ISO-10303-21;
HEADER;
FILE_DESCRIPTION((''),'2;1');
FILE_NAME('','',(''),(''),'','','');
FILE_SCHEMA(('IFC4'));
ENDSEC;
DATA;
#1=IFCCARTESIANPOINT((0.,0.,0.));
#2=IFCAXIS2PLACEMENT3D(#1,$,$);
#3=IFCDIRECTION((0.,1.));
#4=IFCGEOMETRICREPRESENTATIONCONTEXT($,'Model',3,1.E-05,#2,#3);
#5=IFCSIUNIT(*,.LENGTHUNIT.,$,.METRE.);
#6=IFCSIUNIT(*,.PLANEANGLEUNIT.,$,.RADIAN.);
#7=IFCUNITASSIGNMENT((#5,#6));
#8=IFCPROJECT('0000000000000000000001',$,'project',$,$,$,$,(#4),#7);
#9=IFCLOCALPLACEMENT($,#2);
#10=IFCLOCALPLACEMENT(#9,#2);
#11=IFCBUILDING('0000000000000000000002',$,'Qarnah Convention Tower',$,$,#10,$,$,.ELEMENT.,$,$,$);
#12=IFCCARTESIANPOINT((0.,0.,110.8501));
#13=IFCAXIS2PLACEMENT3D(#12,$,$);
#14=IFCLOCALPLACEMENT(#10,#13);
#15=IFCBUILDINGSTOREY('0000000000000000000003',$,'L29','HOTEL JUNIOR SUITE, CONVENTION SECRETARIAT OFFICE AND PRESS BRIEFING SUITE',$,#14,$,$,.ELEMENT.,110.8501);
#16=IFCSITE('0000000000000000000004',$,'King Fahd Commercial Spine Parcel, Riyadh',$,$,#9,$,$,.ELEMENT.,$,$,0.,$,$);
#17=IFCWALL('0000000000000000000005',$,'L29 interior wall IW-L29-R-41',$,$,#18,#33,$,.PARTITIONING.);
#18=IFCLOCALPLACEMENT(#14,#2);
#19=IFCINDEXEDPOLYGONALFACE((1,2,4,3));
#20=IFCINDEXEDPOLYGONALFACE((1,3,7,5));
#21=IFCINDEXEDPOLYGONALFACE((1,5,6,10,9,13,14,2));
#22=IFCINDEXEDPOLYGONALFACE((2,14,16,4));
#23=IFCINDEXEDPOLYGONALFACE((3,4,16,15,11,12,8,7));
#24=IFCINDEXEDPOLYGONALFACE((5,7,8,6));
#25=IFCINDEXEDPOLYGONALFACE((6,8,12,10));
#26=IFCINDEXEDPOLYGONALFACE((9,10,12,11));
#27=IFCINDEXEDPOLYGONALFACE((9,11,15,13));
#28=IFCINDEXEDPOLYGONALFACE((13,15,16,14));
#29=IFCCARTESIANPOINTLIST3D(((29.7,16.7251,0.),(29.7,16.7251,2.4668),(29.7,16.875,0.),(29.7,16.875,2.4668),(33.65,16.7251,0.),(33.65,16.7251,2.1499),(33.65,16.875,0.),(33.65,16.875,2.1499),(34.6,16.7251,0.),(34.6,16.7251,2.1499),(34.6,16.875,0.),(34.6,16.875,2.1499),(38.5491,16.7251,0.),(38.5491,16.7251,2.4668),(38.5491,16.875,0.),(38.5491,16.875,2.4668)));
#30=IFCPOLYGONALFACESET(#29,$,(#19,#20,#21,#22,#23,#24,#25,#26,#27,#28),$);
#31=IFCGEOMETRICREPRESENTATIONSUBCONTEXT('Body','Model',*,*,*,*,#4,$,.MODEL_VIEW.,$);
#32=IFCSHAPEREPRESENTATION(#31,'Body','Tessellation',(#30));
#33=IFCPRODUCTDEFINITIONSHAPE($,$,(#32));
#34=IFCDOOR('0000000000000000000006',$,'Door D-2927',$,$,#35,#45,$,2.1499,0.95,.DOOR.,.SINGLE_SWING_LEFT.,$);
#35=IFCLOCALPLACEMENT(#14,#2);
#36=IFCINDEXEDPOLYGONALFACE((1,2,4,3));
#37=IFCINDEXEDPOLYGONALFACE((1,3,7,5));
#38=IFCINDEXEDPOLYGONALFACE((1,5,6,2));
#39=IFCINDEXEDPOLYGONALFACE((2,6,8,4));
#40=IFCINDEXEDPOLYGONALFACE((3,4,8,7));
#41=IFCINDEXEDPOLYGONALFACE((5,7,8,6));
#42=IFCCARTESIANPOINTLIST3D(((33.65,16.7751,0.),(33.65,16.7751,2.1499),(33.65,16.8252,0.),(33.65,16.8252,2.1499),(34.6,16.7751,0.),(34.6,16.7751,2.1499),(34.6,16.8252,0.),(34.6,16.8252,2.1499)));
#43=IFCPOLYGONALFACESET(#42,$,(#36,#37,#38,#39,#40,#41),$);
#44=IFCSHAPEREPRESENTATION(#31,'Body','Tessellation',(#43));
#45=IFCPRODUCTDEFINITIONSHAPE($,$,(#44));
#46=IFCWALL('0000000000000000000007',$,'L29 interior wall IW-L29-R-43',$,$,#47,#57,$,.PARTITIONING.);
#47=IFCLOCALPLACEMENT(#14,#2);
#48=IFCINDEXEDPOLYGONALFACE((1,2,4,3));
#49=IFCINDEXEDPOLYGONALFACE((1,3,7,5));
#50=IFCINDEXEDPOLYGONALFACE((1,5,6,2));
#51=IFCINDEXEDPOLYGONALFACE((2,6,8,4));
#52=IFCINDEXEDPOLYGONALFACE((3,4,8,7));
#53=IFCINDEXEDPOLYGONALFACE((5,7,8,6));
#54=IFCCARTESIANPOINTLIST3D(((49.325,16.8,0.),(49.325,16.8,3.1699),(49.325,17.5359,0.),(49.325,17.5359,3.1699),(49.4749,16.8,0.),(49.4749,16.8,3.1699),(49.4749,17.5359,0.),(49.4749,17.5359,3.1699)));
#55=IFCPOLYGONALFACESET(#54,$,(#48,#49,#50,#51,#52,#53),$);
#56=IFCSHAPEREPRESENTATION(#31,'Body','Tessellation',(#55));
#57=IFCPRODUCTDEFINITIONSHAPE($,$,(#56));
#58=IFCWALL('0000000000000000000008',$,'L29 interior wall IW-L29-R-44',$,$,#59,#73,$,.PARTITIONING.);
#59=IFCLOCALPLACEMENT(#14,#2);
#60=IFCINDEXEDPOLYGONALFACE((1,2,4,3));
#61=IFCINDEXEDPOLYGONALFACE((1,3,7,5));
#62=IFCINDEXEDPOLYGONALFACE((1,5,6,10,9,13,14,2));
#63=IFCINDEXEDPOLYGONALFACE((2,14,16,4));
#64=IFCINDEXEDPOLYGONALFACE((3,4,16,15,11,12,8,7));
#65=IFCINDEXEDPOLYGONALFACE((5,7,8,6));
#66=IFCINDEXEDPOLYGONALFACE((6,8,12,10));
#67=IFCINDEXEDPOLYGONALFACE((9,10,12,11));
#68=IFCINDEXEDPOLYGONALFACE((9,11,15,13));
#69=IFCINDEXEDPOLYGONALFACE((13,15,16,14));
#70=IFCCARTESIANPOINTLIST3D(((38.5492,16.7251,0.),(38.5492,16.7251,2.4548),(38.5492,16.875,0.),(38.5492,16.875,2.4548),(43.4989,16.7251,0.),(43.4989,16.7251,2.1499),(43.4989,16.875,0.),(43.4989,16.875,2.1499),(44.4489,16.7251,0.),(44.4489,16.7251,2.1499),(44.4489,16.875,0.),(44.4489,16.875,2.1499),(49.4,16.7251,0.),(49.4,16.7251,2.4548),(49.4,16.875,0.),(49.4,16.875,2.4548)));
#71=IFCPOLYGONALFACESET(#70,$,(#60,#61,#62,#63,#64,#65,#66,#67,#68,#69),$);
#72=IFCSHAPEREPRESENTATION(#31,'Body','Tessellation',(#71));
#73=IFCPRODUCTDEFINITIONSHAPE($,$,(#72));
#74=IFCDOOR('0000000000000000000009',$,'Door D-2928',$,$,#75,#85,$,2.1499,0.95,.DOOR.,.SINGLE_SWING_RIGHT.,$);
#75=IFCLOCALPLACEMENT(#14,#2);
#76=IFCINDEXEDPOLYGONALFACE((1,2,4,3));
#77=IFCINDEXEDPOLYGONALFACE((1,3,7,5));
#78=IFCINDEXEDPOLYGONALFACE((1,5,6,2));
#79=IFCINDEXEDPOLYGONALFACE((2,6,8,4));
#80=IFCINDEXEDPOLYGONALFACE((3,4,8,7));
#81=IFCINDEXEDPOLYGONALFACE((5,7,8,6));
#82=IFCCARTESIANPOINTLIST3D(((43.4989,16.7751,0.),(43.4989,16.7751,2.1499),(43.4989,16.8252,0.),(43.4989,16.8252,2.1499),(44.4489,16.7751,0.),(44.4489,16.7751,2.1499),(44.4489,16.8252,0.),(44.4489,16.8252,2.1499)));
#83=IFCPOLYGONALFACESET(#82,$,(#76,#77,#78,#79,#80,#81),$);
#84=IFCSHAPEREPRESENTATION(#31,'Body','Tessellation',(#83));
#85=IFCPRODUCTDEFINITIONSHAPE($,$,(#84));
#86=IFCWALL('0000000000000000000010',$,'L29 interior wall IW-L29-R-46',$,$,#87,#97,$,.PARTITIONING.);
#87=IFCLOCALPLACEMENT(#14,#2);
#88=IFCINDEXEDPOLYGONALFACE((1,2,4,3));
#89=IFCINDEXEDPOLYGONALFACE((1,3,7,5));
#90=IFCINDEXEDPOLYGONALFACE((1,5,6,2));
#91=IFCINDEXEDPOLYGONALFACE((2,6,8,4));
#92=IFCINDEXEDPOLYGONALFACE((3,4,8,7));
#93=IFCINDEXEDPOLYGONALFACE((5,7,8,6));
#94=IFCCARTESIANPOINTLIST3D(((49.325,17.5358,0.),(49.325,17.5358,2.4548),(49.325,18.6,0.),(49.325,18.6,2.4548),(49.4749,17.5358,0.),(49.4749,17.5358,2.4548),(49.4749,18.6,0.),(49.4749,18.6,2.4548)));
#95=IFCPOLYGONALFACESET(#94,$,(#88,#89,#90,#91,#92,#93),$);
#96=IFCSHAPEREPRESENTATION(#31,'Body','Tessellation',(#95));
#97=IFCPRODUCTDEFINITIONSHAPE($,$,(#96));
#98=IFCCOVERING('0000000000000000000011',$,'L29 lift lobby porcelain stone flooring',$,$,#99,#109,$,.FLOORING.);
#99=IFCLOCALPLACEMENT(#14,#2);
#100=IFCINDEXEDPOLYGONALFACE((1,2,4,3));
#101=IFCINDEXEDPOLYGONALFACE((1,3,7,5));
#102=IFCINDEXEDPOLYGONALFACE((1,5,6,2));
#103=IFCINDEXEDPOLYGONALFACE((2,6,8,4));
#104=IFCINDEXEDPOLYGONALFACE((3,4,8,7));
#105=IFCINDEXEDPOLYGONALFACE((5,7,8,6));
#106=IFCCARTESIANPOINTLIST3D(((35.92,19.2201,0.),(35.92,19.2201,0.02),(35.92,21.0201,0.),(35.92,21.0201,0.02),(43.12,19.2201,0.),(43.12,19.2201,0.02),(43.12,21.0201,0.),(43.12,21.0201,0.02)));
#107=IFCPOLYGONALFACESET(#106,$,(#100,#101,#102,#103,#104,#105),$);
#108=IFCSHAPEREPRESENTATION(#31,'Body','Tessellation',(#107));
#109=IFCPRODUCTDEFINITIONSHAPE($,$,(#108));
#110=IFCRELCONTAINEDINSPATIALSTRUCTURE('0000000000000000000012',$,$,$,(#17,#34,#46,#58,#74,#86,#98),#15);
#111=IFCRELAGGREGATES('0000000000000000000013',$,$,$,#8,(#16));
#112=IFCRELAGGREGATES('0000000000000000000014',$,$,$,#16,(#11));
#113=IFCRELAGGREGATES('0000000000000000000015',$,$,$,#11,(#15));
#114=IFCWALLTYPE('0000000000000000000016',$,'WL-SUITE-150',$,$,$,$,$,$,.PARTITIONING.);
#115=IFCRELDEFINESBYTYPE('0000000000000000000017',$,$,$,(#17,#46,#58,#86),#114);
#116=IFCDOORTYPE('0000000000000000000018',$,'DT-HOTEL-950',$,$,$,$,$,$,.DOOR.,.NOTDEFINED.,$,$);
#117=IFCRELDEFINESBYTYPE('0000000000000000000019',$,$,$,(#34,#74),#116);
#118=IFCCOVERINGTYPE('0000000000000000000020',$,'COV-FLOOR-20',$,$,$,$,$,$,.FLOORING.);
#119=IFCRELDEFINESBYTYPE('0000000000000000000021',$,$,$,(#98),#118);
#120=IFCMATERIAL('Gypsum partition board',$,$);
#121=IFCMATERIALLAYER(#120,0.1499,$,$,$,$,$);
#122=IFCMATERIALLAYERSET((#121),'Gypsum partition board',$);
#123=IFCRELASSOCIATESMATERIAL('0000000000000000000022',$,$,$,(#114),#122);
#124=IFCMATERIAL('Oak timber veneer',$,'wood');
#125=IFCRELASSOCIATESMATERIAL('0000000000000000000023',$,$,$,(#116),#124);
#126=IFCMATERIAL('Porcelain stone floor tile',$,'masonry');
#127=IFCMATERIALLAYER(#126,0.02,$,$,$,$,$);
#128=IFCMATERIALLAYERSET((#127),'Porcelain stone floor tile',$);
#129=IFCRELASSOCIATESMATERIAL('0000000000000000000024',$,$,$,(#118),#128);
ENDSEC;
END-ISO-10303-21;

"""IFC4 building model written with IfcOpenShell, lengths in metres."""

from ifc_helpers import new_model, si_unit, direction, frame, frame_2d, origin, origin_2d, place, context, subcontext, project, spatial, rectangle, extrude, material, layer, layer_set, type_object, element, fill, save


model = new_model("IFC4")

# Units and contexts
model_context = context("Model", 3, precision=1e-05, world=origin(), true_north=direction((0.0, 1.0)))
body_context = subcontext(model_context, "Body", "Model", "MODEL_VIEW")
ifc_project = project(units=[si_unit("LENGTHUNIT", "METRE"), si_unit("PLANEANGLEUNIT", "RADIAN")], contexts=[model_context])

# Site, building, storey
site_placement = place(None, origin())
site = spatial("IfcSite", under=ifc_project, at=site_placement, Name="King Fahd Commercial Spine Parcel, Riyadh", CompositionType="ELEMENT", RefElevation=0.0)
building_placement = place(site_placement, origin())
building = spatial("IfcBuilding", under=site, at=building_placement, Name="Qarnah Convention Tower", CompositionType="ELEMENT")
storey_placement = place(building_placement, frame((0.0, 0.0, 110.8501)))
storey = spatial("IfcBuildingStorey", under=building, at=storey_placement, Name="L29", Description="HOTEL JUNIOR SUITE, CONVENTION SECRETARIAT OFFICE AND PRESS BRIEFING SUITE", CompositionType="ELEMENT", Elevation=110.8501)

# Wall, opening, door
ifc_material_1 = material(Name="Gypsum partition board")
ifc_layer_1 = layer(ifc_material_1, 0.1499)
ifc_layer_set_1 = layer_set([ifc_layer_1], Name="Gypsum partition board")
wall_type_1 = type_object("IfcWallType", Name="WL-SUITE-150", PredefinedType="PARTITIONING", material=ifc_layer_set_1)
wall_1_placement = place(storey_placement, frame((38.5491, 16.8, 0.0), z_axis=(0.0, 0.0, 1.0), x_axis=(-1.0, 0.0, 0.0)))
wall_1 = element("IfcWall", 1, at=wall_1_placement, inside=storey, type_object=wall_type_1, Name="L29 interior wall IW-L29-R-41", PredefinedType="PARTITIONING", context=body_context, shape_type="SweptSolid", body=[
    extrude(rectangle(XDim=8.8491, YDim=0.1499, at=frame_2d((4.4246, 0.0))), origin(), (0.0, 0.0, 1.0), 2.4668),
])
opening_1_placement = place(wall_1_placement, frame((3.949, 0.0, 0.0)))
opening_1 = element("IfcOpeningElement", 2, at=opening_1_placement, cuts=wall_1, PredefinedType="OPENING", context=body_context, shape_type="SweptSolid", body=[
    extrude(rectangle(XDim=0.95, YDim=2.1499, at=frame_2d((0.4751, 1.075))), frame((0.0, 0.085, 0.0), z_axis=(0.0, -1.0, 0.0), x_axis=(1.0, 0.0, 0.0)), (0.0, 0.0, 1.0), 0.1699),
])
ifc_material_2 = material(Name="Oak timber veneer", Category="wood")
door_type_1 = type_object("IfcDoorType", Name="DT-HOTEL-950", OperationType="NOTDEFINED", PredefinedType="DOOR", material=ifc_material_2)
door_1_placement = place(opening_1_placement, origin())
door_1 = element("IfcDoor", 3, at=door_1_placement, inside=storey, type_object=door_type_1, Name="Door D-2927", OperationType="SINGLE_SWING_LEFT", OverallHeight=2.1499, OverallWidth=0.95, PredefinedType="DOOR", context=body_context, shape_type="SweptSolid", body=[
    extrude(rectangle(XDim=0.95, YDim=2.1499, at=frame_2d((0.4751, 1.075))), frame((0.0, 0.0249, 0.0), z_axis=(0.0, -1.0, 0.0), x_axis=(1.0, 0.0, 0.0)), (0.0, 0.0, 1.0), 0.05),
])
fill(opening_1, door_1)

# Wall
wall_2_placement = place(storey_placement, frame((49.3999, 17.5359, 0.0), z_axis=(0.0, 0.0, 1.0), x_axis=(0.0, -1.0, 0.0)))
element("IfcWall", 4, at=wall_2_placement, inside=storey, type_object=wall_type_1, Name="L29 interior wall IW-L29-R-43", PredefinedType="PARTITIONING", context=body_context, shape_type="SweptSolid", body=[
    extrude(rectangle(XDim=0.7358, YDim=0.1499, at=frame_2d((0.3679, 0.0))), origin(), (0.0, 0.0, 1.0), 3.1699),
])

# Wall, opening, door
wall_3_placement = place(storey_placement, frame((49.3999, 16.8, 0.0), z_axis=(0.0, 0.0, 1.0), x_axis=(-1.0, 0.0, 0.0)))
wall_3 = element("IfcWall", 5, at=wall_3_placement, inside=storey, type_object=wall_type_1, Name="L29 interior wall IW-L29-R-44", PredefinedType="PARTITIONING", context=body_context, shape_type="SweptSolid", body=[
    extrude(rectangle(XDim=10.8508, YDim=0.1499, at=frame_2d((5.4253, 0.0))), origin(), (0.0, 0.0, 1.0), 2.4548),
])
opening_2_placement = place(wall_3_placement, frame((4.9509, 0.0, 0.0)))
opening_2 = element("IfcOpeningElement", 6, at=opening_2_placement, cuts=wall_3, PredefinedType="OPENING", context=body_context, shape_type="SweptSolid", body=[
    extrude(rectangle(XDim=0.95, YDim=2.1499, at=frame_2d((0.4751, 1.075))), frame((0.0, 0.085, 0.0), z_axis=(0.0, -1.0, 0.0), x_axis=(1.0, 0.0, 0.0)), (0.0, 0.0, 1.0), 0.1699),
])
door_2_placement = place(opening_2_placement, origin())
door_2 = element("IfcDoor", 7, at=door_2_placement, inside=storey, type_object=door_type_1, Name="Door D-2928", OperationType="SINGLE_SWING_RIGHT", OverallHeight=2.1499, OverallWidth=0.95, PredefinedType="DOOR", context=body_context, shape_type="SweptSolid", body=[
    extrude(rectangle(XDim=0.95, YDim=2.1499, at=frame_2d((0.4751, 1.075))), frame((0.0, 0.0249, 0.0), z_axis=(0.0, -1.0, 0.0), x_axis=(1.0, 0.0, 0.0)), (0.0, 0.0, 1.0), 0.05),
])
fill(opening_2, door_2)

# Wall
wall_4_placement = place(storey_placement, frame((49.3999, 18.6001, 0.0), z_axis=(0.0, 0.0, 1.0), x_axis=(0.0, -1.0, 0.0)))
element("IfcWall", 8, at=wall_4_placement, inside=storey, type_object=wall_type_1, Name="L29 interior wall IW-L29-R-46", PredefinedType="PARTITIONING", context=body_context, shape_type="SweptSolid", body=[
    extrude(rectangle(XDim=1.0642, YDim=0.1499, at=frame_2d((0.5322, 0.0))), origin(), (0.0, 0.0, 1.0), 2.4548),
])

# Covering
ifc_material_3 = material(Name="Porcelain stone floor tile", Category="masonry")
ifc_layer_2 = layer(ifc_material_3, 0.02)
ifc_layer_set_2 = layer_set([ifc_layer_2], Name="Porcelain stone floor tile")
covering_type = type_object("IfcCoveringType", Name="COV-FLOOR-20", PredefinedType="FLOORING", material=ifc_layer_set_2)
covering_placement = place(storey_placement, frame((39.52, 20.1201, 0.0), z_axis=(0.0, 0.0, 1.0), x_axis=(1.0, 0.0, 0.0)))
element("IfcCovering", 9, at=covering_placement, inside=storey, type_object=covering_type, Name="L29 lift lobby porcelain stone flooring", PredefinedType="FLOORING", context=body_context, shape_type="SweptSolid", body=[
    extrude(rectangle(XDim=7.2, YDim=1.8, at=origin_2d()), origin(), (0.0, 0.0, 1.0), 0.02),
])

save(model, "model.ifc")
